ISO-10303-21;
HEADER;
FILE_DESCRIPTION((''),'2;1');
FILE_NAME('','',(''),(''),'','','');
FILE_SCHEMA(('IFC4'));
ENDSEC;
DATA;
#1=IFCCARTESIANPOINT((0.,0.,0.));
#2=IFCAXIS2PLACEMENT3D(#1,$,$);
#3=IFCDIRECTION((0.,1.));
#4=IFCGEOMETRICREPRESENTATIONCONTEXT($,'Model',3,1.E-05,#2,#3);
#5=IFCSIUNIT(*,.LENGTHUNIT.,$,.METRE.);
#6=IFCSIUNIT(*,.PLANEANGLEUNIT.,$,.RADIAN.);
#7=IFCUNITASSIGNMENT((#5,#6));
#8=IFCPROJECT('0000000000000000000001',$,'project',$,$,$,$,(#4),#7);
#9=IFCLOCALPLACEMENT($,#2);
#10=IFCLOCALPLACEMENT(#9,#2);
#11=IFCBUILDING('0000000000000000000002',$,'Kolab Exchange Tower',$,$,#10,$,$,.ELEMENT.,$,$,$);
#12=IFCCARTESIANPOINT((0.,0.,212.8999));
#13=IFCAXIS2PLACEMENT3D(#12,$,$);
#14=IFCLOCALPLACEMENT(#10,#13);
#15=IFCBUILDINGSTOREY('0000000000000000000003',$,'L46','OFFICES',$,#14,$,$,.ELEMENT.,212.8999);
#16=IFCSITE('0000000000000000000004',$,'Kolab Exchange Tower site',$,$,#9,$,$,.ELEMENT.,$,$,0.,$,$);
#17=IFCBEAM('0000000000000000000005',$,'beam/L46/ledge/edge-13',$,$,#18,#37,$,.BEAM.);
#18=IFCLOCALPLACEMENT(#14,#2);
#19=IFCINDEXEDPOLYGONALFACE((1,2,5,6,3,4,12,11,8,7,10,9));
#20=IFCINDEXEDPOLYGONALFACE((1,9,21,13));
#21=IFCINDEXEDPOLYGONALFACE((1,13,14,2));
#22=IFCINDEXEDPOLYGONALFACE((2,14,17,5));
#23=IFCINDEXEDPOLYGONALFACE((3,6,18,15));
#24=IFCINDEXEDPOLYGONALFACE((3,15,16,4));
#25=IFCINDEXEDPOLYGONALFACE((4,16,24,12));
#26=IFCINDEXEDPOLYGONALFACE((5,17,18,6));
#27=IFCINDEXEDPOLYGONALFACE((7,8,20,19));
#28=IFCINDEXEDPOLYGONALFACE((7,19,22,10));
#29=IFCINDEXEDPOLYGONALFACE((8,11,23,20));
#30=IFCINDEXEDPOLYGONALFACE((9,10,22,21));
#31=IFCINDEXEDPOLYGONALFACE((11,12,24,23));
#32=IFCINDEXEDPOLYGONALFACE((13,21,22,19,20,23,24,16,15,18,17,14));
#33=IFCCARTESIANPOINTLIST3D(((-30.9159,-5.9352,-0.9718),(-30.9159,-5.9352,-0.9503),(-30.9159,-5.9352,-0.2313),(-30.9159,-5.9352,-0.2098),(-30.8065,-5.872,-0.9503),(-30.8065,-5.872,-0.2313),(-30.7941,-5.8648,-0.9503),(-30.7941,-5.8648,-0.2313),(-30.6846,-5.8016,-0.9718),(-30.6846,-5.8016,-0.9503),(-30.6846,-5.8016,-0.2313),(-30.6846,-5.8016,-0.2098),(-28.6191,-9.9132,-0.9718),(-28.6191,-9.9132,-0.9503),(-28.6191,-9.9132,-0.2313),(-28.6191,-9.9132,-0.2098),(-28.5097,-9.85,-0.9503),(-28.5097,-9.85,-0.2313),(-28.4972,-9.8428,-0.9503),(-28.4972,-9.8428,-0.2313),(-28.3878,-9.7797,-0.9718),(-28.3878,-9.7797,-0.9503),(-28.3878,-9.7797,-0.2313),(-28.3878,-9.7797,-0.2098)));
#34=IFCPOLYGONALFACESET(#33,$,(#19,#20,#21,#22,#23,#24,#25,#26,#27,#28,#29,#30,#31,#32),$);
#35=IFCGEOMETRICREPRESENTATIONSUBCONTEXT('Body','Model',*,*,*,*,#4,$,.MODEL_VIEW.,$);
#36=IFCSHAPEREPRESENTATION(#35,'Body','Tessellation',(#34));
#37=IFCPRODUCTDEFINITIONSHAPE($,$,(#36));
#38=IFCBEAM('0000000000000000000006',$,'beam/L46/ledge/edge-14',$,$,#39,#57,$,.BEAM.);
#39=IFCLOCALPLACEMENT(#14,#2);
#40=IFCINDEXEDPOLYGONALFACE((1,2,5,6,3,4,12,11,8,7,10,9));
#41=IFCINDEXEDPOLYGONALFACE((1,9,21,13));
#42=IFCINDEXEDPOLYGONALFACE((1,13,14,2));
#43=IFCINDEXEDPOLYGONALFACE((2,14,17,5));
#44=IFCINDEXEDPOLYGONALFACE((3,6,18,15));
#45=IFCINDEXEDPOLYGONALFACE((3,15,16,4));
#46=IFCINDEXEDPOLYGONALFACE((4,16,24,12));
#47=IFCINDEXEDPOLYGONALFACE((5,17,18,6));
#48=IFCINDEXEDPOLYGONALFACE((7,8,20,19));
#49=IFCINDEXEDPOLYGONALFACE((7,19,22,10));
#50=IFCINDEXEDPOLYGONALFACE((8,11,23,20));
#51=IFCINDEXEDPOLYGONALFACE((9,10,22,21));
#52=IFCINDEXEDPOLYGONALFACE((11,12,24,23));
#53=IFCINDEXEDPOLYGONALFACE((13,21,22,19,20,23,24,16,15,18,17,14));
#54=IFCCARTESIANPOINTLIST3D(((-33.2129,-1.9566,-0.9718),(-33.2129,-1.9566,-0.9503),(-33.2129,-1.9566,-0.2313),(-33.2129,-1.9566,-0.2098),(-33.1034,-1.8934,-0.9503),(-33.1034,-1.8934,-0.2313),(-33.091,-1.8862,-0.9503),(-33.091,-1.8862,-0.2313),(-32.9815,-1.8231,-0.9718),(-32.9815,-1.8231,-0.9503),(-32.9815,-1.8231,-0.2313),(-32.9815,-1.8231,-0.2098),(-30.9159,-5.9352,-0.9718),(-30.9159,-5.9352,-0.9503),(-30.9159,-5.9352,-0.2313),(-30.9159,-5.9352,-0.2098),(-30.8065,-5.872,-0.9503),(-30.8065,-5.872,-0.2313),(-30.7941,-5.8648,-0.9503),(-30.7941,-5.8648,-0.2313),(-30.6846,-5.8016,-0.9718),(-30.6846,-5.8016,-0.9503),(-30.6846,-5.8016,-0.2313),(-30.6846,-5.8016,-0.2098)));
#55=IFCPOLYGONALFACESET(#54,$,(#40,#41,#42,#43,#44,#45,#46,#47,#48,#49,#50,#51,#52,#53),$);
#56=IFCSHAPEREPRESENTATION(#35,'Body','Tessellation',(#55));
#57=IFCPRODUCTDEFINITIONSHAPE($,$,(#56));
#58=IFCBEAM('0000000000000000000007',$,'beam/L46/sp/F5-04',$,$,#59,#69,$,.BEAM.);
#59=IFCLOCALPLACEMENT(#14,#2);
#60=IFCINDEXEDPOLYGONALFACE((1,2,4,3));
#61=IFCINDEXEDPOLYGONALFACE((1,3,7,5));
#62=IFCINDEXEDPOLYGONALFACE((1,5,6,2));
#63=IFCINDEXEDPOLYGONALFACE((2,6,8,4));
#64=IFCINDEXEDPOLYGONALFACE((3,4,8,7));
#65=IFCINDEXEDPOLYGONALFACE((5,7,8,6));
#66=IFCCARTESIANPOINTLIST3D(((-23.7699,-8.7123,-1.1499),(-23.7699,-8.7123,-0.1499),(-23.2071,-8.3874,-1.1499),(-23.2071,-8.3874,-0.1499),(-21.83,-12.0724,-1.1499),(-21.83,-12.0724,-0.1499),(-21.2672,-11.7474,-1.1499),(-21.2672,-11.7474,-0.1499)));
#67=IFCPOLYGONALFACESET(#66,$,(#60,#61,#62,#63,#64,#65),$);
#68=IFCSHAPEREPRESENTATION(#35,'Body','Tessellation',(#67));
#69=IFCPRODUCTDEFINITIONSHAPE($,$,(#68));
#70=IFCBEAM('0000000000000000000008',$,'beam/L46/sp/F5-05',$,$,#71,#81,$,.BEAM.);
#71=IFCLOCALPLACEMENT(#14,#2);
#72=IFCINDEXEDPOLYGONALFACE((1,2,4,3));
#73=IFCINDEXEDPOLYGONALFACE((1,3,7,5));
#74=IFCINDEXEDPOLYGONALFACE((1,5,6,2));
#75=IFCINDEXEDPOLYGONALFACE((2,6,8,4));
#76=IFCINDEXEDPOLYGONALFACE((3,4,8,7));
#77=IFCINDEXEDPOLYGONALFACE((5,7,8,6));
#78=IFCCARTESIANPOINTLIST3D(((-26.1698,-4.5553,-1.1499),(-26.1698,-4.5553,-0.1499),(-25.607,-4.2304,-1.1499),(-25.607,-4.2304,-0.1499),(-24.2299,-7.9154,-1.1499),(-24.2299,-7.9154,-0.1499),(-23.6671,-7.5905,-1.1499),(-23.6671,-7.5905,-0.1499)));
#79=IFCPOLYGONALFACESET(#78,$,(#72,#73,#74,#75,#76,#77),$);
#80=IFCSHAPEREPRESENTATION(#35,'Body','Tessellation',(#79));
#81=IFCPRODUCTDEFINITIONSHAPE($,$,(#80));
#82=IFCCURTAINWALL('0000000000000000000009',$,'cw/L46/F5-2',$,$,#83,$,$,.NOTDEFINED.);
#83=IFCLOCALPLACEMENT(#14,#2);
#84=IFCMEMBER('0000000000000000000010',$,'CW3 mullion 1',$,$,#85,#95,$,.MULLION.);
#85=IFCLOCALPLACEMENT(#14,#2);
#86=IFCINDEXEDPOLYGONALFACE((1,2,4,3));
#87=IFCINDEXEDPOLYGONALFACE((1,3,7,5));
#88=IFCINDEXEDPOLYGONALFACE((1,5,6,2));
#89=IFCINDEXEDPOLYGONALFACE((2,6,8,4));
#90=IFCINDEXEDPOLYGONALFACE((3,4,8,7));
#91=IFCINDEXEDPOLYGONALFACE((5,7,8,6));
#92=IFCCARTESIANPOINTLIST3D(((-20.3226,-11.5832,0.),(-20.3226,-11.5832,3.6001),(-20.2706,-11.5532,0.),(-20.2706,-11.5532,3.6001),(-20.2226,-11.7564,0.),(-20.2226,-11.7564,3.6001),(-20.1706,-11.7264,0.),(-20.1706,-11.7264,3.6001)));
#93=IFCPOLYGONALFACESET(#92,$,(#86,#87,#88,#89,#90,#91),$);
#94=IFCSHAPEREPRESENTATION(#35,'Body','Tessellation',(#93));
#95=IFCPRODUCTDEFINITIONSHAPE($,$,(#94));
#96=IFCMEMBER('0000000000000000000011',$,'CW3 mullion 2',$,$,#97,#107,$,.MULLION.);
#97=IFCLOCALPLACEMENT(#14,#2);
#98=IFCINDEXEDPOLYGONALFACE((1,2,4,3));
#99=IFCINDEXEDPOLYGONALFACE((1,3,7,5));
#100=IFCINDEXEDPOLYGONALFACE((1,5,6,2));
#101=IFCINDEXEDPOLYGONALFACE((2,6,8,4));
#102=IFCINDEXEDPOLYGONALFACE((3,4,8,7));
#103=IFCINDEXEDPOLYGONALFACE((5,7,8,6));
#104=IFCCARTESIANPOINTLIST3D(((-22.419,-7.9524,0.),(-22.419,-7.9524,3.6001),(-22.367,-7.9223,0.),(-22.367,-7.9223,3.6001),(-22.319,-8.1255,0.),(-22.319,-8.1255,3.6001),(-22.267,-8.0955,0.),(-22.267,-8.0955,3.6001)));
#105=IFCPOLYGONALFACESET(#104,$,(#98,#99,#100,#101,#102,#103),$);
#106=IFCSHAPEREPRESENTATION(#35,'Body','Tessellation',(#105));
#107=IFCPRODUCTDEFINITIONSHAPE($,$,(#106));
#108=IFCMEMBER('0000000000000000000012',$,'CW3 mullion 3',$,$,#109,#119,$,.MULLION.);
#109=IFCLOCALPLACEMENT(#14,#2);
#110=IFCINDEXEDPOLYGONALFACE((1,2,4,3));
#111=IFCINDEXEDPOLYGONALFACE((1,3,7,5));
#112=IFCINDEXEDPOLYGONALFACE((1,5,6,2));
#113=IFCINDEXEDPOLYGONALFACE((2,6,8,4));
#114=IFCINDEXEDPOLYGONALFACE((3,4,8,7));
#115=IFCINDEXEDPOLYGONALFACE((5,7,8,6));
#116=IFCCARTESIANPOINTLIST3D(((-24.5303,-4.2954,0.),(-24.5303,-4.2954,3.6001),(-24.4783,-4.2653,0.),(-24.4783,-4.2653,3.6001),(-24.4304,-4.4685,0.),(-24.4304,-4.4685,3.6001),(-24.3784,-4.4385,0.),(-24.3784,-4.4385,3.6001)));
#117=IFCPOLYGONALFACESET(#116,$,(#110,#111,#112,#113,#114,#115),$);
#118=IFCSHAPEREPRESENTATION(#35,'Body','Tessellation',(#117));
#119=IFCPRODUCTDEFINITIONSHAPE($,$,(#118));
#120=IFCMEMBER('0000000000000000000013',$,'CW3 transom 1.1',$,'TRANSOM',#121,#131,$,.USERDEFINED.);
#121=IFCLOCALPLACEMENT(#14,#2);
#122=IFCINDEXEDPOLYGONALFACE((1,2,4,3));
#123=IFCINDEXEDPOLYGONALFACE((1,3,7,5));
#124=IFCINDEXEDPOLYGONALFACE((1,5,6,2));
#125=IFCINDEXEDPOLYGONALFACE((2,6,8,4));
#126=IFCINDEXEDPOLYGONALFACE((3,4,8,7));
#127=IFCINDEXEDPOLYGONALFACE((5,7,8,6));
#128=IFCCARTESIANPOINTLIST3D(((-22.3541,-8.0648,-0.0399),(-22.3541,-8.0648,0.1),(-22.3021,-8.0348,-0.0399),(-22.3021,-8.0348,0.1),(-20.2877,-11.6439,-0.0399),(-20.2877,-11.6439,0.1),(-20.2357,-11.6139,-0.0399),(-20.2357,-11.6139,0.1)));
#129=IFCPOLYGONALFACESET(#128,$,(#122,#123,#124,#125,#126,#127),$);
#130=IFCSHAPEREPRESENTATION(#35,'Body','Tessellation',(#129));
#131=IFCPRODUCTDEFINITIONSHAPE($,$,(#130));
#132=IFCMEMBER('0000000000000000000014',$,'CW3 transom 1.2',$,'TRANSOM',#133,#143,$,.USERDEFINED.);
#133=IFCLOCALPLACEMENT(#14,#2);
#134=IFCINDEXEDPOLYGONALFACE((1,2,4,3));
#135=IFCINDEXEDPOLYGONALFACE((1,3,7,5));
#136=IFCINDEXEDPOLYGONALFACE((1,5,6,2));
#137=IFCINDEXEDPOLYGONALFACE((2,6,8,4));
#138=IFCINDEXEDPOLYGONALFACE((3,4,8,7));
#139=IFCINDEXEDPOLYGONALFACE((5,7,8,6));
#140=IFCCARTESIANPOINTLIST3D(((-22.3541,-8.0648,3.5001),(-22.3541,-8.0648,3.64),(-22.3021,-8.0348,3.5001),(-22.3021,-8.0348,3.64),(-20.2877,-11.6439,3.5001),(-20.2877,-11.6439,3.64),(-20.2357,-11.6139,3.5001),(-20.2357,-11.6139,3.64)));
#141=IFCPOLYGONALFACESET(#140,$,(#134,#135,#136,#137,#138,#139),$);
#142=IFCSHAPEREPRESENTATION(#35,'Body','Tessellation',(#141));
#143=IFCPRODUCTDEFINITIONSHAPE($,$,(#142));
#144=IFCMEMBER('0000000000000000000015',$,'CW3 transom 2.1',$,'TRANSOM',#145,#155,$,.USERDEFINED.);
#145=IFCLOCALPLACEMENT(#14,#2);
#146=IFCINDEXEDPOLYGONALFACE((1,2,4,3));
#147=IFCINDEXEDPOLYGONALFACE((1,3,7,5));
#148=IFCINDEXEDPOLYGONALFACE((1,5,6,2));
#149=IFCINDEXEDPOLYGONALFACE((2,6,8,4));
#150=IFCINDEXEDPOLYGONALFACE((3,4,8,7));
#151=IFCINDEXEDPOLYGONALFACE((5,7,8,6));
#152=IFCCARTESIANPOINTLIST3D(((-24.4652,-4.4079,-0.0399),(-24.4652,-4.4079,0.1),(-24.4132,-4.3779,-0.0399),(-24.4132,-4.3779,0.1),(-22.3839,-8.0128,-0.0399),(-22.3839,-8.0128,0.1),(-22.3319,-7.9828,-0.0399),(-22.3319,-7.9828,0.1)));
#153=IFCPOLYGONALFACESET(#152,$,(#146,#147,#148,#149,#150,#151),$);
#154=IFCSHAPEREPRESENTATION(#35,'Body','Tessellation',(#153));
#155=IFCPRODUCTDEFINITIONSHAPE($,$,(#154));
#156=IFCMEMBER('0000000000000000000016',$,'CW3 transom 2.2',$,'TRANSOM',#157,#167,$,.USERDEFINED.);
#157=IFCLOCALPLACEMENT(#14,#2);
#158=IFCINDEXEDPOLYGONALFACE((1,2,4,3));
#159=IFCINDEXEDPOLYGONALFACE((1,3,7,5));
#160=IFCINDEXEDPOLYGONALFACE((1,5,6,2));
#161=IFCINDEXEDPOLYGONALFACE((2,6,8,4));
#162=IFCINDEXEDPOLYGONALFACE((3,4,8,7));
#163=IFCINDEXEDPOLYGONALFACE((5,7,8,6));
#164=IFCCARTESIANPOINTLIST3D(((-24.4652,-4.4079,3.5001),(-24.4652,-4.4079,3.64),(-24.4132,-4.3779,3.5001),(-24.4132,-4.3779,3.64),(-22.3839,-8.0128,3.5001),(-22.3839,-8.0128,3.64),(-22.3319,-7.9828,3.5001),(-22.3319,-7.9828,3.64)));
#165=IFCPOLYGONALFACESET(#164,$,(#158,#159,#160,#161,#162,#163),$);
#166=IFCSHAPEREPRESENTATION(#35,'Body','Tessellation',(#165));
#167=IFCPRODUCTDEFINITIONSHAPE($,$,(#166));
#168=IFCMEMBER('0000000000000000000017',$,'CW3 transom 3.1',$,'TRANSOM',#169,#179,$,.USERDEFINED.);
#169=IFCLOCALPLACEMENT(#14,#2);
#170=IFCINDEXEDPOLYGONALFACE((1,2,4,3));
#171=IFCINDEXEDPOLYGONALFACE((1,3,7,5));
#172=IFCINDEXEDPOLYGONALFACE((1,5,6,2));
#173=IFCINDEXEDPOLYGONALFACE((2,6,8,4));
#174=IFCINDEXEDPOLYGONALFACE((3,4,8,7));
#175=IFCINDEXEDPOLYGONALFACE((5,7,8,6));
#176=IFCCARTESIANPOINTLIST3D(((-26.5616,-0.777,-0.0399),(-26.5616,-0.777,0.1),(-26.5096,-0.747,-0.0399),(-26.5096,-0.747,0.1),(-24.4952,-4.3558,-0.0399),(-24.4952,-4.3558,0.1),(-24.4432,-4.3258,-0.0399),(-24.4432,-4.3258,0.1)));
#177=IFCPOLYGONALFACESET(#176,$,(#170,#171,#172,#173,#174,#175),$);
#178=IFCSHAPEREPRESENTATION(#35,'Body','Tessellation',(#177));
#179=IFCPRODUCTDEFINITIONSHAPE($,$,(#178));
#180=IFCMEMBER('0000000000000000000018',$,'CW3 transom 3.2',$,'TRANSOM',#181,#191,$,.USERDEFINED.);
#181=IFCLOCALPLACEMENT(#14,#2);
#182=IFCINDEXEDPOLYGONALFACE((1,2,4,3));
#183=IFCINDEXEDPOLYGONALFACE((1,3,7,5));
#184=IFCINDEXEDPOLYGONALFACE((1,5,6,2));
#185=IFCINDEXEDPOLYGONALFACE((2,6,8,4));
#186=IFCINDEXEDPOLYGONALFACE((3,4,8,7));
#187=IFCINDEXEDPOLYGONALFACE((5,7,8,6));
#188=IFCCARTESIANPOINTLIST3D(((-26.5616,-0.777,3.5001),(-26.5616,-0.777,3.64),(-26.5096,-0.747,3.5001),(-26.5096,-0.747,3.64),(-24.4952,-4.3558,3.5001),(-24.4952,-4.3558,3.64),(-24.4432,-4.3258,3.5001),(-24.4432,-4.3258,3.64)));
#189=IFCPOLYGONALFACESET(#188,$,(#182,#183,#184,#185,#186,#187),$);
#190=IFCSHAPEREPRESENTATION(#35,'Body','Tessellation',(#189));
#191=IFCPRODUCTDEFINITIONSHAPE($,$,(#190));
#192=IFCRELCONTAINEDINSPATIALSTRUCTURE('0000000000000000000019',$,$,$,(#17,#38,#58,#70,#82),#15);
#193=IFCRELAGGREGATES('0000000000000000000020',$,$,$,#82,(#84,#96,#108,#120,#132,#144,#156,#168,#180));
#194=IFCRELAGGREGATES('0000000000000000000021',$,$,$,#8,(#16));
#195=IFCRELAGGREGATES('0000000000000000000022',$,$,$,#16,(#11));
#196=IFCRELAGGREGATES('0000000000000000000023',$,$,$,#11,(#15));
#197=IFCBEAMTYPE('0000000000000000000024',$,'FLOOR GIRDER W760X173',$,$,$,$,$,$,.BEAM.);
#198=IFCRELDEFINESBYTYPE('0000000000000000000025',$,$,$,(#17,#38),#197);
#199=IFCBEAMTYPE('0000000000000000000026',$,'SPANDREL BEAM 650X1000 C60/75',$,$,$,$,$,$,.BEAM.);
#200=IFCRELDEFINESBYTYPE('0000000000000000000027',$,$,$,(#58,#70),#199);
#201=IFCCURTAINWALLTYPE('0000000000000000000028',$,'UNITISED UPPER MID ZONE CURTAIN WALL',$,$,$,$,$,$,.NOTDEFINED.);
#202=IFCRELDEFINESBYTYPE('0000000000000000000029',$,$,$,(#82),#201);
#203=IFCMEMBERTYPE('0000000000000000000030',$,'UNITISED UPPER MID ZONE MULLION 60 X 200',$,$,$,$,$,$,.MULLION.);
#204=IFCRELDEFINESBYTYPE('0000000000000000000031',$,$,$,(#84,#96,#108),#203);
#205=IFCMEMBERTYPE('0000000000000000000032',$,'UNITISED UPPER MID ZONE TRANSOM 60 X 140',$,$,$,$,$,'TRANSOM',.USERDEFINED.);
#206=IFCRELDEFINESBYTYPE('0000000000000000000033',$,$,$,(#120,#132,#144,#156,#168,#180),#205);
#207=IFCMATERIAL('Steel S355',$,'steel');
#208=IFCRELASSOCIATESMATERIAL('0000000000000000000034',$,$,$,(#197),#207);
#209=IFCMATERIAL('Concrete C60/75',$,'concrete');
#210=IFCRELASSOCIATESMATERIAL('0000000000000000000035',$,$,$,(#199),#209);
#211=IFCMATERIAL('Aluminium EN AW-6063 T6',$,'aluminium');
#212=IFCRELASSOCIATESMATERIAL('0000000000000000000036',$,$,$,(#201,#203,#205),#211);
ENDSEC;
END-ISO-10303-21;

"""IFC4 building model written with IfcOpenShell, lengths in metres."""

from ifc_helpers import new_model, si_unit, direction, frame, origin, origin_2d, place, context, subcontext, project, spatial, rectangle, i_section, extrude, material, material_profile, profile_set, type_object, element, aggregate, save


model = new_model("IFC4")

# Units and contexts
model_context = context("Model", 3, precision=1e-05, world=origin(), true_north=direction((0.0, 1.0)))
body_context = subcontext(model_context, "Body", "Model", "MODEL_VIEW")
ifc_project = project(units=[si_unit("LENGTHUNIT", "METRE"), si_unit("PLANEANGLEUNIT", "RADIAN")], contexts=[model_context])

# Site, building, storey
site_placement = place(None, origin())
site = spatial("IfcSite", under=ifc_project, at=site_placement, Name="Kolab Exchange Tower site", CompositionType="ELEMENT", RefElevation=0.0)
building_placement = place(site_placement, origin())
building = spatial("IfcBuilding", under=site, at=building_placement, Name="Kolab Exchange Tower", CompositionType="ELEMENT")
storey_placement = place(building_placement, frame((0.0, 0.0, 212.8999)))
storey = spatial("IfcBuildingStorey", under=building, at=storey_placement, Name="L46", Description="OFFICES", CompositionType="ELEMENT", Elevation=212.8999)

# Shared definitions
ifc_material_1 = material(Name="Concrete C60/75", Category="concrete")

# Beams
ifc_material_2 = material(Name="Steel S355", Category="steel")
ifc_material_profile_1 = material_profile(ifc_material_2, i_section(OverallWidth=0.2671, OverallDepth=0.762, WebThickness=0.0144, FlangeThickness=0.0215, at=origin_2d()), Name="W760X173")
ifc_profile_set_1 = profile_set([ifc_material_profile_1], Name="Steel S355")
beam_type_1 = type_object("IfcBeamType", Name="FLOOR GIRDER W760X173", PredefinedType="BEAM", material=ifc_profile_set_1)
beam_1_placement = place(storey_placement, frame((-28.5034, -9.8464, -0.5908), z_axis=(-0.500026, 0.86601, 0.0), x_axis=(-0.86601, -0.500026, 0.0)))
element("IfcBeam", 1, at=beam_1_placement, inside=storey, type_object=beam_type_1, Name="beam/L46/ledge/edge-13", PredefinedType="BEAM", context=body_context, shape_type="SweptSolid", body=[
    extrude(i_section(OverallWidth=0.2671, OverallDepth=0.762, WebThickness=0.0144, FlangeThickness=0.0215, at=origin_2d()), origin(), (0.0, 0.0, 1.0), 4.5935),
])
beam_2_placement = place(storey_placement, frame((-30.8003, -5.8684, -0.5908), z_axis=(-0.49998, 0.866037, 0.0), x_axis=(-0.866037, -0.49998, 0.0)))
element("IfcBeam", 2, at=beam_2_placement, inside=storey, type_object=beam_type_1, Name="beam/L46/ledge/edge-14", PredefinedType="BEAM", context=body_context, shape_type="SweptSolid", body=[
    extrude(i_section(OverallWidth=0.2671, OverallDepth=0.762, WebThickness=0.0144, FlangeThickness=0.0215, at=origin_2d()), origin(), (0.0, 0.0, 1.0), 4.594),
])
ifc_material_profile_2 = material_profile(ifc_material_1, rectangle(XDim=0.6499, YDim=1.0, at=origin_2d()), Name="RC650X1000")
ifc_profile_set_2 = profile_set([ifc_material_profile_2], Name="Concrete C60/75")
beam_type_2 = type_object("IfcBeamType", Name="SPANDREL BEAM 650X1000 C60/75", PredefinedType="BEAM", material=ifc_profile_set_2)
for number, where, z_axis, x_axis, name in (
    (3, (-21.5486, -11.9099, -0.6499), (-0.499997, 0.866027, 0.0), (-0.866027, -0.499997, 0.0), "beam/L46/sp/F5-04"),
    (4, (-23.9485, -7.7529, -0.6499), (-0.499997, 0.866027, 0.0), (-0.866027, -0.499997, 0.0), "beam/L46/sp/F5-05"),
):
    element("IfcBeam", number, at=place(storey_placement, frame(where, z_axis=z_axis, x_axis=x_axis)), inside=storey, type_object=beam_type_2, Name=name, PredefinedType="BEAM", context=body_context, shape_type="SweptSolid", body=[
        extrude(rectangle(XDim=0.6499, YDim=1.0, at=origin_2d()), origin(), (0.0, 0.0, 1.0), 3.8799),
    ])

# Curtain wall, members
ifc_material_3 = material(Name="Aluminium EN AW-6063 T6", Category="aluminium")
curtain_wall_type = type_object("IfcCurtainWallType", Name="UNITISED UPPER MID ZONE CURTAIN WALL", PredefinedType="NOTDEFINED", material=ifc_material_3)
curtain_wall_placement = place(storey_placement, origin())
curtain_wall = element("IfcCurtainWall", 5, at=curtain_wall_placement, inside=storey, type_object=curtain_wall_type, Name="cw/L46/F5-2", PredefinedType="NOTDEFINED")
ifc_material_profile_3 = material_profile(ifc_material_3, rectangle(XDim=0.0601, YDim=0.2, at=origin_2d()), Name="RECT 60X200")
ifc_profile_set_3 = profile_set([ifc_material_profile_3], Name="Aluminium EN AW-6063 T6")
member_type_1 = type_object("IfcMemberType", Name="UNITISED UPPER MID ZONE MULLION 60 X 200", PredefinedType="MULLION", material=ifc_profile_set_3)
member_1_placement = place(storey_placement, frame((-20.2466, -11.6548, 0.0), z_axis=(0.0, 0.0, 1.0), x_axis=(-0.866025, -0.5, 0.0)))
member_1 = element("IfcMember", 6, at=member_1_placement, type_object=member_type_1, Name="CW3 mullion 1", PredefinedType="MULLION", context=body_context, shape_type="SweptSolid", body=[
    extrude(rectangle(XDim=0.0601, YDim=0.2, at=origin_2d()), origin(), (0.0, 0.0, 1.0), 3.6001),
])
member_2_placement = place(storey_placement, frame((-22.343, -8.0239, 0.0), z_axis=(0.0, 0.0, 1.0), x_axis=(-0.866025, -0.5, 0.0)))
member_2 = element("IfcMember", 7, at=member_2_placement, type_object=member_type_1, Name="CW3 mullion 2", PredefinedType="MULLION", context=body_context, shape_type="SweptSolid", body=[
    extrude(rectangle(XDim=0.0601, YDim=0.2, at=origin_2d()), origin(), (0.0, 0.0, 1.0), 3.6001),
])
member_3_placement = place(storey_placement, frame((-24.4543, -4.3669, 0.0), z_axis=(0.0, 0.0, 1.0), x_axis=(-0.866025, -0.5, 0.0)))
member_3 = element("IfcMember", 8, at=member_3_placement, type_object=member_type_1, Name="CW3 mullion 3", PredefinedType="MULLION", context=body_context, shape_type="SweptSolid", body=[
    extrude(rectangle(XDim=0.0601, YDim=0.2, at=origin_2d()), origin(), (0.0, 0.0, 1.0), 3.6001),
])
ifc_material_profile_4 = material_profile(ifc_material_3, rectangle(XDim=0.0601, YDim=0.1399, at=origin_2d()), Name="RECT 60X140")
ifc_profile_set_4 = profile_set([ifc_material_profile_4], Name="Aluminium EN AW-6063 T6")
member_type_2 = type_object("IfcMemberType", Name="UNITISED UPPER MID ZONE TRANSOM 60 X 140", ElementType="TRANSOM", PredefinedType="USERDEFINED", material=ifc_profile_set_4)
member_4_placement = place(storey_placement, frame((-20.2617, -11.6289, 0.03), z_axis=(-0.500002, 0.866024, 0.0), x_axis=(-0.866024, -0.500002, 0.0)))
member_4 = element("IfcMember", 9, at=member_4_placement, type_object=member_type_2, Name="CW3 transom 1.1", ObjectType="TRANSOM", PredefinedType="USERDEFINED", context=body_context, shape_type="SweptSolid", body=[
    extrude(rectangle(XDim=0.0601, YDim=0.1399, at=origin_2d()), origin(), (0.0, 0.0, 1.0), 4.1328),
])
member_5_placement = place(storey_placement, frame((-20.2617, -11.6289, 3.5701), z_axis=(-0.500002, 0.866024, 0.0), x_axis=(-0.866024, -0.500002, 0.0)))
member_5 = element("IfcMember", 10, at=member_5_placement, type_object=member_type_2, Name="CW3 transom 1.2", ObjectType="TRANSOM", PredefinedType="USERDEFINED", context=body_context, shape_type="SweptSolid", body=[
    extrude(rectangle(XDim=0.0601, YDim=0.1399, at=origin_2d()), origin(), (0.0, 0.0, 1.0), 4.1328),
])
member_6_placement = place(storey_placement, frame((-22.3579, -7.9978, 0.03), z_axis=(-0.499993, 0.866029, 0.0), x_axis=(-0.866029, -0.499993, 0.0)))
member_6 = element("IfcMember", 11, at=member_6_placement, type_object=member_type_2, Name="CW3 transom 2.1", ObjectType="TRANSOM", PredefinedType="USERDEFINED", context=body_context, shape_type="SweptSolid", body=[
    extrude(rectangle(XDim=0.0601, YDim=0.1399, at=origin_2d()), origin(), (0.0, 0.0, 1.0), 4.1626),
])
member_7_placement = place(storey_placement, frame((-22.3579, -7.9978, 3.5701), z_axis=(-0.499993, 0.866029, 0.0), x_axis=(-0.866029, -0.499993, 0.0)))
member_7 = element("IfcMember", 12, at=member_7_placement, type_object=member_type_2, Name="CW3 transom 2.2", ObjectType="TRANSOM", PredefinedType="USERDEFINED", context=body_context, shape_type="SweptSolid", body=[
    extrude(rectangle(XDim=0.0601, YDim=0.1399, at=origin_2d()), origin(), (0.0, 0.0, 1.0), 4.1626),
])
member_8_placement = place(storey_placement, frame((-24.4692, -4.3408, 0.03), z_axis=(-0.500028, 0.866009, 0.0), x_axis=(-0.866009, -0.500028, 0.0)))
member_8 = element("IfcMember", 13, at=member_8_placement, type_object=member_type_2, Name="CW3 transom 3.1", ObjectType="TRANSOM", PredefinedType="USERDEFINED", context=body_context, shape_type="SweptSolid", body=[
    extrude(rectangle(XDim=0.0601, YDim=0.1399, at=origin_2d()), origin(), (0.0, 0.0, 1.0), 4.1326),
])
member_9_placement = place(storey_placement, frame((-24.4692, -4.3408, 3.5701), z_axis=(-0.500028, 0.866009, 0.0), x_axis=(-0.866009, -0.500028, 0.0)))
member_9 = element("IfcMember", 14, at=member_9_placement, type_object=member_type_2, Name="CW3 transom 3.2", ObjectType="TRANSOM", PredefinedType="USERDEFINED", context=body_context, shape_type="SweptSolid", body=[
    extrude(rectangle(XDim=0.0601, YDim=0.1399, at=origin_2d()), origin(), (0.0, 0.0, 1.0), 4.1326),
])
aggregate(curtain_wall, [member_1, member_2, member_3, member_4, member_5, member_6, member_7, member_8, member_9])

save(model, "model.ifc")
